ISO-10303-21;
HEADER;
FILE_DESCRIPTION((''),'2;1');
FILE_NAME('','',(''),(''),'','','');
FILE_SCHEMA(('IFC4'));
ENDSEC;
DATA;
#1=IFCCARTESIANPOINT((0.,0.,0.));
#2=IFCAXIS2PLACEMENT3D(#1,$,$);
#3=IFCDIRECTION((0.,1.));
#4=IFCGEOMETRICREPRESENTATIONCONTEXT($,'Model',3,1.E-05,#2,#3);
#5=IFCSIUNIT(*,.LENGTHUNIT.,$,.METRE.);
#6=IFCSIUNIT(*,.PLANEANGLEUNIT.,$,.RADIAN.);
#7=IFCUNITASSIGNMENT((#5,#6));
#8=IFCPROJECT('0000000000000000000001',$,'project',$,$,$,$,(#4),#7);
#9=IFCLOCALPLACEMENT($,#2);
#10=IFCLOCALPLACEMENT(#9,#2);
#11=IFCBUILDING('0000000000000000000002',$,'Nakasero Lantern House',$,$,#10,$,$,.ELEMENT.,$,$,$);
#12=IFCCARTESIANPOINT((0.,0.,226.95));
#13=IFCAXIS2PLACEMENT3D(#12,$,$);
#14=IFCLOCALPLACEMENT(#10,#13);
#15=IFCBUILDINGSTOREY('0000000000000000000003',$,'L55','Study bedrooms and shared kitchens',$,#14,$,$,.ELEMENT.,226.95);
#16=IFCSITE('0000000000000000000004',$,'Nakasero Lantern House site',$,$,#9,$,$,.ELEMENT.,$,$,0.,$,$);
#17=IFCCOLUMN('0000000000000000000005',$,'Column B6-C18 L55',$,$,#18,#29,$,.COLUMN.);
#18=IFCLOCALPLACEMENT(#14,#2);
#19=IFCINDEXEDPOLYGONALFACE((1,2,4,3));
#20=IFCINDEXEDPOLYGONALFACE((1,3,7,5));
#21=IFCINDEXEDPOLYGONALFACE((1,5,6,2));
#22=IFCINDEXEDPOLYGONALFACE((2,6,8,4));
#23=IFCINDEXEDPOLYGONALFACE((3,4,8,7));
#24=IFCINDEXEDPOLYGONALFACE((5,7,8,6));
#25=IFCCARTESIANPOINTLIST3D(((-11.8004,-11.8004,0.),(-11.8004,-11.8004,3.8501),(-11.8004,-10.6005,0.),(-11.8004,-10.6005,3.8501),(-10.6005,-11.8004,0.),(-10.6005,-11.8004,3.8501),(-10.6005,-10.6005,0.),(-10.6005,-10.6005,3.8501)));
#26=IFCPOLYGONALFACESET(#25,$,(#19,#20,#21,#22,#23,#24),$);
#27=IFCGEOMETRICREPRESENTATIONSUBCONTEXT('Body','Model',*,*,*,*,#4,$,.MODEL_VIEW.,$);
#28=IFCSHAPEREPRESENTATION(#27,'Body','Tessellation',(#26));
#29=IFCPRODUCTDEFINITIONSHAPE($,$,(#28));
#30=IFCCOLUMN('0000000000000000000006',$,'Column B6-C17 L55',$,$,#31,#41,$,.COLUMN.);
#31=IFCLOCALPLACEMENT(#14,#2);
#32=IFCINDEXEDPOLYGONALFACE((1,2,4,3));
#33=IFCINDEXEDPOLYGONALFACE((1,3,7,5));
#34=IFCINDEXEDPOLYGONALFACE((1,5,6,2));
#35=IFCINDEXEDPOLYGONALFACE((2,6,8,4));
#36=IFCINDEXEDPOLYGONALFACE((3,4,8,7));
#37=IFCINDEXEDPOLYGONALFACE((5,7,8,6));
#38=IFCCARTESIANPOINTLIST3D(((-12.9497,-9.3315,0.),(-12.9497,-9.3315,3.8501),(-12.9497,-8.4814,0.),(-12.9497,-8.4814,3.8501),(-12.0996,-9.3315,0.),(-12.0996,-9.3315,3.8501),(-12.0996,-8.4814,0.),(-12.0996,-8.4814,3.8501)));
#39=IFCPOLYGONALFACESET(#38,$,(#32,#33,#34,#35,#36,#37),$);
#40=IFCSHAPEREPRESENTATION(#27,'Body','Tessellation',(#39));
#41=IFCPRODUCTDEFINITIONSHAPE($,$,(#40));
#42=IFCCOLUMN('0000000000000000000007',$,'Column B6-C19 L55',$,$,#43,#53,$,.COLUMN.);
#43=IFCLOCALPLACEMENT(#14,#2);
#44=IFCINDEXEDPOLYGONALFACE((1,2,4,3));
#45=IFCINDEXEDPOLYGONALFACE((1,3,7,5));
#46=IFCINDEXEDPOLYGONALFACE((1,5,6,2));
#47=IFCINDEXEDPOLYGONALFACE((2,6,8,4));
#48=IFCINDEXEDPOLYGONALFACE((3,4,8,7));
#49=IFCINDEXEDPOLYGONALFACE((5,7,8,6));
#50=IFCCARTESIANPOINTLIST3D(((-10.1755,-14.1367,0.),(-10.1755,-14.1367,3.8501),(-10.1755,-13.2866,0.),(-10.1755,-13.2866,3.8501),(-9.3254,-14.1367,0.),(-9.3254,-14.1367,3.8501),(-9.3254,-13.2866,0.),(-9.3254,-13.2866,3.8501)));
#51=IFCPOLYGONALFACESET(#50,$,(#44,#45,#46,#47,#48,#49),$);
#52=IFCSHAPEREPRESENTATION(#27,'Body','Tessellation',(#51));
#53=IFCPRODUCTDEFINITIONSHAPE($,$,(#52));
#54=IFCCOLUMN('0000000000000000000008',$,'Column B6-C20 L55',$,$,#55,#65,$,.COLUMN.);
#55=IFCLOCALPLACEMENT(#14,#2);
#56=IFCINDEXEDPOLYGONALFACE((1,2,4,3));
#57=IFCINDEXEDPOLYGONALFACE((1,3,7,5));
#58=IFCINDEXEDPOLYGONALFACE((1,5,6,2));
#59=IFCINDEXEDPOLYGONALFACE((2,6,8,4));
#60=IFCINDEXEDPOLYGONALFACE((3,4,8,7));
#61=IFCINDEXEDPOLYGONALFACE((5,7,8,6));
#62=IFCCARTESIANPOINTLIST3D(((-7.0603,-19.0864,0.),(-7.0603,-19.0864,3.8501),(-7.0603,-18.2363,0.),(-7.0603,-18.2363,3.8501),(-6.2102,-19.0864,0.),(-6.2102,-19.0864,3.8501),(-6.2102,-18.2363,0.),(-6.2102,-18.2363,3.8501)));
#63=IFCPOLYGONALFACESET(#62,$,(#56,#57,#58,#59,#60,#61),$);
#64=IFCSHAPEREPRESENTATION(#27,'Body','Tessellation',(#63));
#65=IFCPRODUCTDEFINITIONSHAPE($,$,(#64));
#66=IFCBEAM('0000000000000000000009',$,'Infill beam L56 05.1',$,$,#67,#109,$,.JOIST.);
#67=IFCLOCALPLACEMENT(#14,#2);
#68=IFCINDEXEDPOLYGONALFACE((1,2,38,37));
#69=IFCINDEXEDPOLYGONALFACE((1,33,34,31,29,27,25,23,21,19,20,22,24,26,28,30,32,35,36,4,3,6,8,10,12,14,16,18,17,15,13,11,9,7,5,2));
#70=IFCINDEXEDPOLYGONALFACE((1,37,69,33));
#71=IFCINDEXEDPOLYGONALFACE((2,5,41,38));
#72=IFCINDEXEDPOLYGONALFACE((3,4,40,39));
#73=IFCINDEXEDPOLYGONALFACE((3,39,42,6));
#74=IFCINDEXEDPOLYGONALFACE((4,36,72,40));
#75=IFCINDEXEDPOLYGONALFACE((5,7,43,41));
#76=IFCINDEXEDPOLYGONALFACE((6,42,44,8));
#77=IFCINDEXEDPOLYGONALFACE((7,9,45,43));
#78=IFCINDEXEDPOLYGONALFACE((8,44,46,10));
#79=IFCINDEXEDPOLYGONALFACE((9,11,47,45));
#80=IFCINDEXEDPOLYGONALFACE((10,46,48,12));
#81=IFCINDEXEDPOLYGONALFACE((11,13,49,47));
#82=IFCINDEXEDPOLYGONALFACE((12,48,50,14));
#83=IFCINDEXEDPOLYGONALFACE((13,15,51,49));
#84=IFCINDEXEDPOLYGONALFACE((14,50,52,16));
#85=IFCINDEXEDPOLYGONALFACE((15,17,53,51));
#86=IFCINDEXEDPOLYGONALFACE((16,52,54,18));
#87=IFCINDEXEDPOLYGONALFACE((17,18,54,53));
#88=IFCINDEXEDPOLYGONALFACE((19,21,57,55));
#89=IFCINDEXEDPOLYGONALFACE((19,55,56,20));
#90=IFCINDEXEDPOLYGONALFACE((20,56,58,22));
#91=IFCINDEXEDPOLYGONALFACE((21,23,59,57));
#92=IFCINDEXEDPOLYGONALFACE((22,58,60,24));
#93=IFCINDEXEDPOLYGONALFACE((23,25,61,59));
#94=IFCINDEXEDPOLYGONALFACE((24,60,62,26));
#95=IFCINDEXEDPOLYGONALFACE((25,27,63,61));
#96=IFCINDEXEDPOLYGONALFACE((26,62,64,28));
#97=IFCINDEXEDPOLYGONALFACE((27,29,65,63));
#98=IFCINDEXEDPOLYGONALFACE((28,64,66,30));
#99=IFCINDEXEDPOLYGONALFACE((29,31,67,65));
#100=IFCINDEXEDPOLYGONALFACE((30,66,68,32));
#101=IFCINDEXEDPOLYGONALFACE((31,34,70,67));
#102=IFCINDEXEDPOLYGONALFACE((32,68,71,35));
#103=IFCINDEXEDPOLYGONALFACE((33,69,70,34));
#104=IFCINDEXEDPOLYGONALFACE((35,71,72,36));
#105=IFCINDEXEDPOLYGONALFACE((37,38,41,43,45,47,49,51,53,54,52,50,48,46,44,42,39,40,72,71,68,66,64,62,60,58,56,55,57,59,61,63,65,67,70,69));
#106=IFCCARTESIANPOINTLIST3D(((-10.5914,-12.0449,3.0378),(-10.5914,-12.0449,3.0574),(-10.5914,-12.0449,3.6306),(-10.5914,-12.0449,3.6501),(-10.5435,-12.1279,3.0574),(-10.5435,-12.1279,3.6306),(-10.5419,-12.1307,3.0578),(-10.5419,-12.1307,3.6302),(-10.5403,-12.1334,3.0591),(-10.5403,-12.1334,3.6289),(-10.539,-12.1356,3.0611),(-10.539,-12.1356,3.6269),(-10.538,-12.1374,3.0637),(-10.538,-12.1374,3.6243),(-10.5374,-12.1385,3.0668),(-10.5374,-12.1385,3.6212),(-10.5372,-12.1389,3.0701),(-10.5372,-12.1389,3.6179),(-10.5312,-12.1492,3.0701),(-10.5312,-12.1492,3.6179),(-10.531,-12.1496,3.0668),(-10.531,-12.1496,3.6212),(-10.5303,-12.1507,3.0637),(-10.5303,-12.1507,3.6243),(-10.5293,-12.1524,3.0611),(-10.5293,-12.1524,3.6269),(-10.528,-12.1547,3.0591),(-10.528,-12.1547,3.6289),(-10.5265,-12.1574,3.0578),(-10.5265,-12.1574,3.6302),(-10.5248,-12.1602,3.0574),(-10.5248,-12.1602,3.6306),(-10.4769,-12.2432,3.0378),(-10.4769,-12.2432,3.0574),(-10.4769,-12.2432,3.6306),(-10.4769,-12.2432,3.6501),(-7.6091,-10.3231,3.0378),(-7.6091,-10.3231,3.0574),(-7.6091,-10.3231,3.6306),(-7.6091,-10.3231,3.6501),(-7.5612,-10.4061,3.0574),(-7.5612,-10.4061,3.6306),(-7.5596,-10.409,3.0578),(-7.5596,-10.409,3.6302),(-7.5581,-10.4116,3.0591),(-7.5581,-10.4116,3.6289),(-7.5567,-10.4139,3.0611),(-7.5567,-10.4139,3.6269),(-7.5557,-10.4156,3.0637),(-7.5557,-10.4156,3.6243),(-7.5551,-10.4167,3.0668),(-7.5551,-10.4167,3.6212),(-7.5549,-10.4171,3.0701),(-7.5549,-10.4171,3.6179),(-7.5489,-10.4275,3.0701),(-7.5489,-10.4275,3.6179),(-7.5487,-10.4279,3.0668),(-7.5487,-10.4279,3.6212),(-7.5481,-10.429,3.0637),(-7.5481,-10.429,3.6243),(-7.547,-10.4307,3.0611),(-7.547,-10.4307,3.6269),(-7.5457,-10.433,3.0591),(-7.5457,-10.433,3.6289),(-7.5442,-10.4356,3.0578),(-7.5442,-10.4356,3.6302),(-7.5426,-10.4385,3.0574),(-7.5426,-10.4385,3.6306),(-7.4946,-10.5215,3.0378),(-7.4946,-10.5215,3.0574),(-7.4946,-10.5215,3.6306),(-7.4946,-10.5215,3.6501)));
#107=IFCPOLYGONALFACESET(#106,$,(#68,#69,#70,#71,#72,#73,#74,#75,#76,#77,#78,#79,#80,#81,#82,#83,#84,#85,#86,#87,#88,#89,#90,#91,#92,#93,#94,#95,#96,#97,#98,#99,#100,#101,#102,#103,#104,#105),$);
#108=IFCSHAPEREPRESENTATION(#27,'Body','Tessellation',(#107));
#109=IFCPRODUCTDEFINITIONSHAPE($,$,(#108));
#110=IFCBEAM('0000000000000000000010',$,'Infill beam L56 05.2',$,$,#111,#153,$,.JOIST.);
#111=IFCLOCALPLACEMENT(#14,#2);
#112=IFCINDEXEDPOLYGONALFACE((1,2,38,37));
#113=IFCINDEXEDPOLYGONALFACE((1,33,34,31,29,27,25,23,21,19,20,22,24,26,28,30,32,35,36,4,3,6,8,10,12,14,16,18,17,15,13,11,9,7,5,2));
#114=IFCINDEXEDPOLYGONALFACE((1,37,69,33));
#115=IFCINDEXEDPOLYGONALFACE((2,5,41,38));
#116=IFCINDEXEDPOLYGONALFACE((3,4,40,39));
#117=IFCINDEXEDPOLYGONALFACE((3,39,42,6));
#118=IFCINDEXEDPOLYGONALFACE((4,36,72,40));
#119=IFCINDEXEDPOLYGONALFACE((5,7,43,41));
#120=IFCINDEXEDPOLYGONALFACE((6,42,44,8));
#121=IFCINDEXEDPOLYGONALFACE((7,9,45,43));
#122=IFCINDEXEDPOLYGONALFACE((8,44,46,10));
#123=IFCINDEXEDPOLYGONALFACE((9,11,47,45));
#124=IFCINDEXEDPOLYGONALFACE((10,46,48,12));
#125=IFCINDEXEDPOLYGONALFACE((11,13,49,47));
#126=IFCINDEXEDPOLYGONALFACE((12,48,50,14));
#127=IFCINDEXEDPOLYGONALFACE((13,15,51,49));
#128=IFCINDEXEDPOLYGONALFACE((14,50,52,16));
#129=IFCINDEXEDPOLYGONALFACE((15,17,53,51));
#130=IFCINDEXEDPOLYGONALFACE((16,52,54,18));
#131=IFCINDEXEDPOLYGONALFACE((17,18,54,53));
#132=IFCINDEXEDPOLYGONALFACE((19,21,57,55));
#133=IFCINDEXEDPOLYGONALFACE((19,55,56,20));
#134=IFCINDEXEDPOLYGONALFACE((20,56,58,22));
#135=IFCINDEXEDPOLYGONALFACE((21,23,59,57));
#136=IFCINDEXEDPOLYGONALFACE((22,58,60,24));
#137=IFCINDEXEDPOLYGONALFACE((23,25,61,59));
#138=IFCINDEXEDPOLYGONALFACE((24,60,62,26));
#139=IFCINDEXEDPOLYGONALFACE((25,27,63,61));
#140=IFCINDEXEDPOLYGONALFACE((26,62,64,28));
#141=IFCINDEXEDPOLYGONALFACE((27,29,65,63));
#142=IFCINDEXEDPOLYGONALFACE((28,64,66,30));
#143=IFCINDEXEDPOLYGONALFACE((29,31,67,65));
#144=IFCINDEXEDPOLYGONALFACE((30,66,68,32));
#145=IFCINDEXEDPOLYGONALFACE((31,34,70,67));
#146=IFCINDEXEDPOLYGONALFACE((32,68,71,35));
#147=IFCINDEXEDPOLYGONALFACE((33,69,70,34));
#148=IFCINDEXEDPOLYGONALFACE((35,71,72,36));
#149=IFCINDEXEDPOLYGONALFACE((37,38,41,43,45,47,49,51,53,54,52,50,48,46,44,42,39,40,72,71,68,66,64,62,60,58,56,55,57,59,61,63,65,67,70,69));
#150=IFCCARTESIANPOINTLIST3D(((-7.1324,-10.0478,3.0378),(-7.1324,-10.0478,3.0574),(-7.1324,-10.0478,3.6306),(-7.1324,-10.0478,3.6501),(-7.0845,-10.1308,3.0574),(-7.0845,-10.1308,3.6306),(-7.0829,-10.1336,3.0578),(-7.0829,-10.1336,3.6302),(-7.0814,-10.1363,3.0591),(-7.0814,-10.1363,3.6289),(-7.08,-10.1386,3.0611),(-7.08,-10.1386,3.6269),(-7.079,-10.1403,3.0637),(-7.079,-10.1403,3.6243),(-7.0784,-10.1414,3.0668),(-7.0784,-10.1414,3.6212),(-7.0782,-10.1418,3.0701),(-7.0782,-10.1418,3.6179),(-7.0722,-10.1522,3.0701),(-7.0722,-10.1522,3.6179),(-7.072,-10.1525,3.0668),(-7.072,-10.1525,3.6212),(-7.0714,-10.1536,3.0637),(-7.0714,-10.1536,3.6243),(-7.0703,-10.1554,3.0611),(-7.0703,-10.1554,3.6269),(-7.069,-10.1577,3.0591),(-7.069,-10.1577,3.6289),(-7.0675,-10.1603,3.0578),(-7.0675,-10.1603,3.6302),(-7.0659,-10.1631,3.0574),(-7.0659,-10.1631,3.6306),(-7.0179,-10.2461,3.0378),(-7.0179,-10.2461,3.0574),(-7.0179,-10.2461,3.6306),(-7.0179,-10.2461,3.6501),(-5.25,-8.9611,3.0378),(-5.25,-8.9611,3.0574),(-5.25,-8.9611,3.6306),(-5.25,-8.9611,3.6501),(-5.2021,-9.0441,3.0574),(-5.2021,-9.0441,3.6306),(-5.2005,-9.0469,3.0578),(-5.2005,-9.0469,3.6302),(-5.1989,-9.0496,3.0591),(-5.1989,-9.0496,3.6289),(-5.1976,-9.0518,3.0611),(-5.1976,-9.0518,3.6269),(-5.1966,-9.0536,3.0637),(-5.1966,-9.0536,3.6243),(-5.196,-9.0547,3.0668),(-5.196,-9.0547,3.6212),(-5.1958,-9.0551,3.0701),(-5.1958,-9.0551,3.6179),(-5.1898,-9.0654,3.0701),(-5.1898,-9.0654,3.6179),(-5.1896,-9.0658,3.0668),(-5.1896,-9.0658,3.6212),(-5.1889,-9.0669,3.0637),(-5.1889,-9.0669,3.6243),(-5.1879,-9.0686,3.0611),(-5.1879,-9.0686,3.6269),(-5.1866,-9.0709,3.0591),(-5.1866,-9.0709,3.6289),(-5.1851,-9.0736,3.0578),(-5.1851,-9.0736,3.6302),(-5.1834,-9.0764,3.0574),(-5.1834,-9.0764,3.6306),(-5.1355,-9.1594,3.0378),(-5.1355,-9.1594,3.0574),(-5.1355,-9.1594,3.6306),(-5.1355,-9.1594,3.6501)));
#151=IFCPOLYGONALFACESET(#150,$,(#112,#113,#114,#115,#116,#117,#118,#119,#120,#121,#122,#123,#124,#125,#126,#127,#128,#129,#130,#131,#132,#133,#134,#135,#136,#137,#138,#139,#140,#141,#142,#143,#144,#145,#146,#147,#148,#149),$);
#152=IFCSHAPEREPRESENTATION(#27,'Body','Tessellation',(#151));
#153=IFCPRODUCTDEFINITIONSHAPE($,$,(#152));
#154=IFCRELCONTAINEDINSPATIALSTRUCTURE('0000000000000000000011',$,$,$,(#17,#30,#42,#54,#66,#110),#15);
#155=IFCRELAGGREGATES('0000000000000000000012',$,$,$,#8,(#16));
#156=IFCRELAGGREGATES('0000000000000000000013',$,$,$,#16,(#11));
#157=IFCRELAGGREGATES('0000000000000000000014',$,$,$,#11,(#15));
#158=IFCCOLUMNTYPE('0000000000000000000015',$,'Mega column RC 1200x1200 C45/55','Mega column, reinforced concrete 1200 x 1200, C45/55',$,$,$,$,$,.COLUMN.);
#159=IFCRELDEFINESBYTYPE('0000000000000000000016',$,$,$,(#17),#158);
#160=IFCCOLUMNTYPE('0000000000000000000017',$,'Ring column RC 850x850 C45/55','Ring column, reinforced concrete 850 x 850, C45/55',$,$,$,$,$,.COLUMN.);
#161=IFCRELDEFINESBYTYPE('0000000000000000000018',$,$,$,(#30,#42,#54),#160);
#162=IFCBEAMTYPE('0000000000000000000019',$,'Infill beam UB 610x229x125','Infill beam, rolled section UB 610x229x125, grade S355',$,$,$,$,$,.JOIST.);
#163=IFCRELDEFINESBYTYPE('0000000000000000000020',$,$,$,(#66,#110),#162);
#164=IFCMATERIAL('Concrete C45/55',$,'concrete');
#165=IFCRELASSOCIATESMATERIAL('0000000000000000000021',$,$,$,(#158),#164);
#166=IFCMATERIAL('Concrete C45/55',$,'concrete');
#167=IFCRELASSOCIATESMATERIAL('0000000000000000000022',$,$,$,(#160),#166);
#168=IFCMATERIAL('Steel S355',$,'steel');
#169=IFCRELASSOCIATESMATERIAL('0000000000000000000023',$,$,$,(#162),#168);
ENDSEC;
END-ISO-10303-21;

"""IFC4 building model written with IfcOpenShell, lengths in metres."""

from ifc_helpers import new_model, si_unit, direction, frame, origin, origin_2d, place, context, subcontext, project, spatial, rectangle, i_section, extrude, material, material_profile, profile_set, type_object, element, save


model = new_model("IFC4")

# Units and contexts
model_context = context("Model", 3, precision=1e-05, world=origin(), true_north=direction((0.0, 1.0)))
body_context = subcontext(model_context, "Body", "Model", "MODEL_VIEW")
ifc_project = project(units=[si_unit("LENGTHUNIT", "METRE"), si_unit("PLANEANGLEUNIT", "RADIAN")], contexts=[model_context])

# Site, building, storey
site_placement = place(None, origin())
site = spatial("IfcSite", under=ifc_project, at=site_placement, Name="Nakasero Lantern House site", CompositionType="ELEMENT", RefElevation=0.0)
building_placement = place(site_placement, origin())
building = spatial("IfcBuilding", under=site, at=building_placement, Name="Nakasero Lantern House", CompositionType="ELEMENT")
storey_placement = place(building_placement, frame((0.0, 0.0, 226.95)))
storey = spatial("IfcBuildingStorey", under=building, at=storey_placement, Name="L55", Description="Study bedrooms and shared kitchens", CompositionType="ELEMENT", Elevation=226.95)

# Columns
ifc_material_1 = material(Name="Concrete C45/55", Category="concrete")
ifc_material_profile_1 = material_profile(ifc_material_1, rectangle(XDim=1.2, YDim=1.2, at=origin_2d()), Name="RC 1200x1200")
ifc_profile_set_1 = profile_set([ifc_material_profile_1], Name="Concrete C45/55")
column_type_1 = type_object("IfcColumnType", Name="Mega column RC 1200x1200 C45/55", Description="Mega column, reinforced concrete 1200 x 1200, C45/55", PredefinedType="COLUMN", material=ifc_profile_set_1)
column_placement = place(storey_placement, frame((-11.2004, -11.2004, 0.0), z_axis=(0.0, 0.0, 1.0), x_axis=(1.0, 0.0, 0.0)))
element("IfcColumn", 1, at=column_placement, inside=storey, type_object=column_type_1, Name="Column B6-C18 L55", PredefinedType="COLUMN", context=body_context, shape_type="SweptSolid", body=[
    extrude(rectangle(XDim=1.2, YDim=1.2, at=origin_2d()), origin(), (0.0, 0.0, 1.0), 3.8501),
])
ifc_material_2 = material(Name="Concrete C45/55", Category="concrete")
ifc_material_profile_2 = material_profile(ifc_material_2, rectangle(XDim=0.8501, YDim=0.8501, at=origin_2d()), Name="RC 850x850")
ifc_profile_set_2 = profile_set([ifc_material_profile_2], Name="Concrete C45/55")
column_type_2 = type_object("IfcColumnType", Name="Ring column RC 850x850 C45/55", Description="Ring column, reinforced concrete 850 x 850, C45/55", PredefinedType="COLUMN", material=ifc_profile_set_2)
for number, where, z_axis, x_axis, name in (
    (2, (-12.5247, -8.9065, 0.0), (0.0, 0.0, 1.0), (1.0, 0.0, 0.0), "Column B6-C17 L55"),
    (3, (-9.7505, -13.7117, 0.0), (0.0, 0.0, 1.0), (1.0, 0.0, 0.0), "Column B6-C19 L55"),
    (4, (-6.6353, -18.6614, 0.0), (0.0, 0.0, 1.0), (1.0, 0.0, 0.0), "Column B6-C20 L55"),
):
    element("IfcColumn", number, at=place(storey_placement, frame(where, z_axis=z_axis, x_axis=x_axis)), inside=storey, type_object=column_type_2, Name=name, PredefinedType="COLUMN", context=body_context, shape_type="SweptSolid", body=[
        extrude(rectangle(XDim=0.8501, YDim=0.8501, at=origin_2d()), origin(), (0.0, 0.0, 1.0), 3.8501),
    ])

# Beams
ifc_material_3 = material(Name="Steel S355", Category="steel")
ifc_material_profile_3 = material_profile(ifc_material_3, i_section(OverallWidth=0.229, OverallDepth=0.6123, WebThickness=0.012, FlangeThickness=0.0195, FilletRadius=0.0127, at=origin_2d()), Name="UB 610x229x125")
ifc_profile_set_3 = profile_set([ifc_material_profile_3], Name="Steel S355")
beam_type_1 = type_object("IfcBeamType", Name="Infill beam UB 610x229x125", Description="Infill beam, rolled section UB 610x229x125, grade S355", PredefinedType="JOIST", material=ifc_profile_set_3)
beam_1_placement = place(storey_placement, frame((-10.5342, -12.144, 3.344), z_axis=(0.866036, 0.499982, 0.0), x_axis=(-0.499982, 0.866036, 0.0)))
element("IfcBeam", 5, at=beam_1_placement, inside=storey, type_object=beam_type_1, Name="Infill beam L56 05.1", PredefinedType="JOIST", context=body_context, shape_type="SweptSolid", body=[
    extrude(i_section(OverallWidth=0.229, OverallDepth=0.6123, WebThickness=0.012, FlangeThickness=0.0195, FilletRadius=0.0127, at=origin_2d()), origin(), (0.0, 0.0, 1.0), 3.4436),
])
beam_2_placement = place(storey_placement, frame((-7.0752, -10.147, 3.344), z_axis=(0.866043, 0.499969, 0.0), x_axis=(-0.499969, 0.866043, 0.0)))
element("IfcBeam", 6, at=beam_2_placement, inside=storey, type_object=beam_type_1, Name="Infill beam L56 05.2", PredefinedType="JOIST", context=body_context, shape_type="SweptSolid", body=[
    extrude(i_section(OverallWidth=0.229, OverallDepth=0.6123, WebThickness=0.012, FlangeThickness=0.0195, FilletRadius=0.0127, at=origin_2d()), origin(), (0.0, 0.0, 1.0), 2.1736),
])

save(model, "model.ifc")
